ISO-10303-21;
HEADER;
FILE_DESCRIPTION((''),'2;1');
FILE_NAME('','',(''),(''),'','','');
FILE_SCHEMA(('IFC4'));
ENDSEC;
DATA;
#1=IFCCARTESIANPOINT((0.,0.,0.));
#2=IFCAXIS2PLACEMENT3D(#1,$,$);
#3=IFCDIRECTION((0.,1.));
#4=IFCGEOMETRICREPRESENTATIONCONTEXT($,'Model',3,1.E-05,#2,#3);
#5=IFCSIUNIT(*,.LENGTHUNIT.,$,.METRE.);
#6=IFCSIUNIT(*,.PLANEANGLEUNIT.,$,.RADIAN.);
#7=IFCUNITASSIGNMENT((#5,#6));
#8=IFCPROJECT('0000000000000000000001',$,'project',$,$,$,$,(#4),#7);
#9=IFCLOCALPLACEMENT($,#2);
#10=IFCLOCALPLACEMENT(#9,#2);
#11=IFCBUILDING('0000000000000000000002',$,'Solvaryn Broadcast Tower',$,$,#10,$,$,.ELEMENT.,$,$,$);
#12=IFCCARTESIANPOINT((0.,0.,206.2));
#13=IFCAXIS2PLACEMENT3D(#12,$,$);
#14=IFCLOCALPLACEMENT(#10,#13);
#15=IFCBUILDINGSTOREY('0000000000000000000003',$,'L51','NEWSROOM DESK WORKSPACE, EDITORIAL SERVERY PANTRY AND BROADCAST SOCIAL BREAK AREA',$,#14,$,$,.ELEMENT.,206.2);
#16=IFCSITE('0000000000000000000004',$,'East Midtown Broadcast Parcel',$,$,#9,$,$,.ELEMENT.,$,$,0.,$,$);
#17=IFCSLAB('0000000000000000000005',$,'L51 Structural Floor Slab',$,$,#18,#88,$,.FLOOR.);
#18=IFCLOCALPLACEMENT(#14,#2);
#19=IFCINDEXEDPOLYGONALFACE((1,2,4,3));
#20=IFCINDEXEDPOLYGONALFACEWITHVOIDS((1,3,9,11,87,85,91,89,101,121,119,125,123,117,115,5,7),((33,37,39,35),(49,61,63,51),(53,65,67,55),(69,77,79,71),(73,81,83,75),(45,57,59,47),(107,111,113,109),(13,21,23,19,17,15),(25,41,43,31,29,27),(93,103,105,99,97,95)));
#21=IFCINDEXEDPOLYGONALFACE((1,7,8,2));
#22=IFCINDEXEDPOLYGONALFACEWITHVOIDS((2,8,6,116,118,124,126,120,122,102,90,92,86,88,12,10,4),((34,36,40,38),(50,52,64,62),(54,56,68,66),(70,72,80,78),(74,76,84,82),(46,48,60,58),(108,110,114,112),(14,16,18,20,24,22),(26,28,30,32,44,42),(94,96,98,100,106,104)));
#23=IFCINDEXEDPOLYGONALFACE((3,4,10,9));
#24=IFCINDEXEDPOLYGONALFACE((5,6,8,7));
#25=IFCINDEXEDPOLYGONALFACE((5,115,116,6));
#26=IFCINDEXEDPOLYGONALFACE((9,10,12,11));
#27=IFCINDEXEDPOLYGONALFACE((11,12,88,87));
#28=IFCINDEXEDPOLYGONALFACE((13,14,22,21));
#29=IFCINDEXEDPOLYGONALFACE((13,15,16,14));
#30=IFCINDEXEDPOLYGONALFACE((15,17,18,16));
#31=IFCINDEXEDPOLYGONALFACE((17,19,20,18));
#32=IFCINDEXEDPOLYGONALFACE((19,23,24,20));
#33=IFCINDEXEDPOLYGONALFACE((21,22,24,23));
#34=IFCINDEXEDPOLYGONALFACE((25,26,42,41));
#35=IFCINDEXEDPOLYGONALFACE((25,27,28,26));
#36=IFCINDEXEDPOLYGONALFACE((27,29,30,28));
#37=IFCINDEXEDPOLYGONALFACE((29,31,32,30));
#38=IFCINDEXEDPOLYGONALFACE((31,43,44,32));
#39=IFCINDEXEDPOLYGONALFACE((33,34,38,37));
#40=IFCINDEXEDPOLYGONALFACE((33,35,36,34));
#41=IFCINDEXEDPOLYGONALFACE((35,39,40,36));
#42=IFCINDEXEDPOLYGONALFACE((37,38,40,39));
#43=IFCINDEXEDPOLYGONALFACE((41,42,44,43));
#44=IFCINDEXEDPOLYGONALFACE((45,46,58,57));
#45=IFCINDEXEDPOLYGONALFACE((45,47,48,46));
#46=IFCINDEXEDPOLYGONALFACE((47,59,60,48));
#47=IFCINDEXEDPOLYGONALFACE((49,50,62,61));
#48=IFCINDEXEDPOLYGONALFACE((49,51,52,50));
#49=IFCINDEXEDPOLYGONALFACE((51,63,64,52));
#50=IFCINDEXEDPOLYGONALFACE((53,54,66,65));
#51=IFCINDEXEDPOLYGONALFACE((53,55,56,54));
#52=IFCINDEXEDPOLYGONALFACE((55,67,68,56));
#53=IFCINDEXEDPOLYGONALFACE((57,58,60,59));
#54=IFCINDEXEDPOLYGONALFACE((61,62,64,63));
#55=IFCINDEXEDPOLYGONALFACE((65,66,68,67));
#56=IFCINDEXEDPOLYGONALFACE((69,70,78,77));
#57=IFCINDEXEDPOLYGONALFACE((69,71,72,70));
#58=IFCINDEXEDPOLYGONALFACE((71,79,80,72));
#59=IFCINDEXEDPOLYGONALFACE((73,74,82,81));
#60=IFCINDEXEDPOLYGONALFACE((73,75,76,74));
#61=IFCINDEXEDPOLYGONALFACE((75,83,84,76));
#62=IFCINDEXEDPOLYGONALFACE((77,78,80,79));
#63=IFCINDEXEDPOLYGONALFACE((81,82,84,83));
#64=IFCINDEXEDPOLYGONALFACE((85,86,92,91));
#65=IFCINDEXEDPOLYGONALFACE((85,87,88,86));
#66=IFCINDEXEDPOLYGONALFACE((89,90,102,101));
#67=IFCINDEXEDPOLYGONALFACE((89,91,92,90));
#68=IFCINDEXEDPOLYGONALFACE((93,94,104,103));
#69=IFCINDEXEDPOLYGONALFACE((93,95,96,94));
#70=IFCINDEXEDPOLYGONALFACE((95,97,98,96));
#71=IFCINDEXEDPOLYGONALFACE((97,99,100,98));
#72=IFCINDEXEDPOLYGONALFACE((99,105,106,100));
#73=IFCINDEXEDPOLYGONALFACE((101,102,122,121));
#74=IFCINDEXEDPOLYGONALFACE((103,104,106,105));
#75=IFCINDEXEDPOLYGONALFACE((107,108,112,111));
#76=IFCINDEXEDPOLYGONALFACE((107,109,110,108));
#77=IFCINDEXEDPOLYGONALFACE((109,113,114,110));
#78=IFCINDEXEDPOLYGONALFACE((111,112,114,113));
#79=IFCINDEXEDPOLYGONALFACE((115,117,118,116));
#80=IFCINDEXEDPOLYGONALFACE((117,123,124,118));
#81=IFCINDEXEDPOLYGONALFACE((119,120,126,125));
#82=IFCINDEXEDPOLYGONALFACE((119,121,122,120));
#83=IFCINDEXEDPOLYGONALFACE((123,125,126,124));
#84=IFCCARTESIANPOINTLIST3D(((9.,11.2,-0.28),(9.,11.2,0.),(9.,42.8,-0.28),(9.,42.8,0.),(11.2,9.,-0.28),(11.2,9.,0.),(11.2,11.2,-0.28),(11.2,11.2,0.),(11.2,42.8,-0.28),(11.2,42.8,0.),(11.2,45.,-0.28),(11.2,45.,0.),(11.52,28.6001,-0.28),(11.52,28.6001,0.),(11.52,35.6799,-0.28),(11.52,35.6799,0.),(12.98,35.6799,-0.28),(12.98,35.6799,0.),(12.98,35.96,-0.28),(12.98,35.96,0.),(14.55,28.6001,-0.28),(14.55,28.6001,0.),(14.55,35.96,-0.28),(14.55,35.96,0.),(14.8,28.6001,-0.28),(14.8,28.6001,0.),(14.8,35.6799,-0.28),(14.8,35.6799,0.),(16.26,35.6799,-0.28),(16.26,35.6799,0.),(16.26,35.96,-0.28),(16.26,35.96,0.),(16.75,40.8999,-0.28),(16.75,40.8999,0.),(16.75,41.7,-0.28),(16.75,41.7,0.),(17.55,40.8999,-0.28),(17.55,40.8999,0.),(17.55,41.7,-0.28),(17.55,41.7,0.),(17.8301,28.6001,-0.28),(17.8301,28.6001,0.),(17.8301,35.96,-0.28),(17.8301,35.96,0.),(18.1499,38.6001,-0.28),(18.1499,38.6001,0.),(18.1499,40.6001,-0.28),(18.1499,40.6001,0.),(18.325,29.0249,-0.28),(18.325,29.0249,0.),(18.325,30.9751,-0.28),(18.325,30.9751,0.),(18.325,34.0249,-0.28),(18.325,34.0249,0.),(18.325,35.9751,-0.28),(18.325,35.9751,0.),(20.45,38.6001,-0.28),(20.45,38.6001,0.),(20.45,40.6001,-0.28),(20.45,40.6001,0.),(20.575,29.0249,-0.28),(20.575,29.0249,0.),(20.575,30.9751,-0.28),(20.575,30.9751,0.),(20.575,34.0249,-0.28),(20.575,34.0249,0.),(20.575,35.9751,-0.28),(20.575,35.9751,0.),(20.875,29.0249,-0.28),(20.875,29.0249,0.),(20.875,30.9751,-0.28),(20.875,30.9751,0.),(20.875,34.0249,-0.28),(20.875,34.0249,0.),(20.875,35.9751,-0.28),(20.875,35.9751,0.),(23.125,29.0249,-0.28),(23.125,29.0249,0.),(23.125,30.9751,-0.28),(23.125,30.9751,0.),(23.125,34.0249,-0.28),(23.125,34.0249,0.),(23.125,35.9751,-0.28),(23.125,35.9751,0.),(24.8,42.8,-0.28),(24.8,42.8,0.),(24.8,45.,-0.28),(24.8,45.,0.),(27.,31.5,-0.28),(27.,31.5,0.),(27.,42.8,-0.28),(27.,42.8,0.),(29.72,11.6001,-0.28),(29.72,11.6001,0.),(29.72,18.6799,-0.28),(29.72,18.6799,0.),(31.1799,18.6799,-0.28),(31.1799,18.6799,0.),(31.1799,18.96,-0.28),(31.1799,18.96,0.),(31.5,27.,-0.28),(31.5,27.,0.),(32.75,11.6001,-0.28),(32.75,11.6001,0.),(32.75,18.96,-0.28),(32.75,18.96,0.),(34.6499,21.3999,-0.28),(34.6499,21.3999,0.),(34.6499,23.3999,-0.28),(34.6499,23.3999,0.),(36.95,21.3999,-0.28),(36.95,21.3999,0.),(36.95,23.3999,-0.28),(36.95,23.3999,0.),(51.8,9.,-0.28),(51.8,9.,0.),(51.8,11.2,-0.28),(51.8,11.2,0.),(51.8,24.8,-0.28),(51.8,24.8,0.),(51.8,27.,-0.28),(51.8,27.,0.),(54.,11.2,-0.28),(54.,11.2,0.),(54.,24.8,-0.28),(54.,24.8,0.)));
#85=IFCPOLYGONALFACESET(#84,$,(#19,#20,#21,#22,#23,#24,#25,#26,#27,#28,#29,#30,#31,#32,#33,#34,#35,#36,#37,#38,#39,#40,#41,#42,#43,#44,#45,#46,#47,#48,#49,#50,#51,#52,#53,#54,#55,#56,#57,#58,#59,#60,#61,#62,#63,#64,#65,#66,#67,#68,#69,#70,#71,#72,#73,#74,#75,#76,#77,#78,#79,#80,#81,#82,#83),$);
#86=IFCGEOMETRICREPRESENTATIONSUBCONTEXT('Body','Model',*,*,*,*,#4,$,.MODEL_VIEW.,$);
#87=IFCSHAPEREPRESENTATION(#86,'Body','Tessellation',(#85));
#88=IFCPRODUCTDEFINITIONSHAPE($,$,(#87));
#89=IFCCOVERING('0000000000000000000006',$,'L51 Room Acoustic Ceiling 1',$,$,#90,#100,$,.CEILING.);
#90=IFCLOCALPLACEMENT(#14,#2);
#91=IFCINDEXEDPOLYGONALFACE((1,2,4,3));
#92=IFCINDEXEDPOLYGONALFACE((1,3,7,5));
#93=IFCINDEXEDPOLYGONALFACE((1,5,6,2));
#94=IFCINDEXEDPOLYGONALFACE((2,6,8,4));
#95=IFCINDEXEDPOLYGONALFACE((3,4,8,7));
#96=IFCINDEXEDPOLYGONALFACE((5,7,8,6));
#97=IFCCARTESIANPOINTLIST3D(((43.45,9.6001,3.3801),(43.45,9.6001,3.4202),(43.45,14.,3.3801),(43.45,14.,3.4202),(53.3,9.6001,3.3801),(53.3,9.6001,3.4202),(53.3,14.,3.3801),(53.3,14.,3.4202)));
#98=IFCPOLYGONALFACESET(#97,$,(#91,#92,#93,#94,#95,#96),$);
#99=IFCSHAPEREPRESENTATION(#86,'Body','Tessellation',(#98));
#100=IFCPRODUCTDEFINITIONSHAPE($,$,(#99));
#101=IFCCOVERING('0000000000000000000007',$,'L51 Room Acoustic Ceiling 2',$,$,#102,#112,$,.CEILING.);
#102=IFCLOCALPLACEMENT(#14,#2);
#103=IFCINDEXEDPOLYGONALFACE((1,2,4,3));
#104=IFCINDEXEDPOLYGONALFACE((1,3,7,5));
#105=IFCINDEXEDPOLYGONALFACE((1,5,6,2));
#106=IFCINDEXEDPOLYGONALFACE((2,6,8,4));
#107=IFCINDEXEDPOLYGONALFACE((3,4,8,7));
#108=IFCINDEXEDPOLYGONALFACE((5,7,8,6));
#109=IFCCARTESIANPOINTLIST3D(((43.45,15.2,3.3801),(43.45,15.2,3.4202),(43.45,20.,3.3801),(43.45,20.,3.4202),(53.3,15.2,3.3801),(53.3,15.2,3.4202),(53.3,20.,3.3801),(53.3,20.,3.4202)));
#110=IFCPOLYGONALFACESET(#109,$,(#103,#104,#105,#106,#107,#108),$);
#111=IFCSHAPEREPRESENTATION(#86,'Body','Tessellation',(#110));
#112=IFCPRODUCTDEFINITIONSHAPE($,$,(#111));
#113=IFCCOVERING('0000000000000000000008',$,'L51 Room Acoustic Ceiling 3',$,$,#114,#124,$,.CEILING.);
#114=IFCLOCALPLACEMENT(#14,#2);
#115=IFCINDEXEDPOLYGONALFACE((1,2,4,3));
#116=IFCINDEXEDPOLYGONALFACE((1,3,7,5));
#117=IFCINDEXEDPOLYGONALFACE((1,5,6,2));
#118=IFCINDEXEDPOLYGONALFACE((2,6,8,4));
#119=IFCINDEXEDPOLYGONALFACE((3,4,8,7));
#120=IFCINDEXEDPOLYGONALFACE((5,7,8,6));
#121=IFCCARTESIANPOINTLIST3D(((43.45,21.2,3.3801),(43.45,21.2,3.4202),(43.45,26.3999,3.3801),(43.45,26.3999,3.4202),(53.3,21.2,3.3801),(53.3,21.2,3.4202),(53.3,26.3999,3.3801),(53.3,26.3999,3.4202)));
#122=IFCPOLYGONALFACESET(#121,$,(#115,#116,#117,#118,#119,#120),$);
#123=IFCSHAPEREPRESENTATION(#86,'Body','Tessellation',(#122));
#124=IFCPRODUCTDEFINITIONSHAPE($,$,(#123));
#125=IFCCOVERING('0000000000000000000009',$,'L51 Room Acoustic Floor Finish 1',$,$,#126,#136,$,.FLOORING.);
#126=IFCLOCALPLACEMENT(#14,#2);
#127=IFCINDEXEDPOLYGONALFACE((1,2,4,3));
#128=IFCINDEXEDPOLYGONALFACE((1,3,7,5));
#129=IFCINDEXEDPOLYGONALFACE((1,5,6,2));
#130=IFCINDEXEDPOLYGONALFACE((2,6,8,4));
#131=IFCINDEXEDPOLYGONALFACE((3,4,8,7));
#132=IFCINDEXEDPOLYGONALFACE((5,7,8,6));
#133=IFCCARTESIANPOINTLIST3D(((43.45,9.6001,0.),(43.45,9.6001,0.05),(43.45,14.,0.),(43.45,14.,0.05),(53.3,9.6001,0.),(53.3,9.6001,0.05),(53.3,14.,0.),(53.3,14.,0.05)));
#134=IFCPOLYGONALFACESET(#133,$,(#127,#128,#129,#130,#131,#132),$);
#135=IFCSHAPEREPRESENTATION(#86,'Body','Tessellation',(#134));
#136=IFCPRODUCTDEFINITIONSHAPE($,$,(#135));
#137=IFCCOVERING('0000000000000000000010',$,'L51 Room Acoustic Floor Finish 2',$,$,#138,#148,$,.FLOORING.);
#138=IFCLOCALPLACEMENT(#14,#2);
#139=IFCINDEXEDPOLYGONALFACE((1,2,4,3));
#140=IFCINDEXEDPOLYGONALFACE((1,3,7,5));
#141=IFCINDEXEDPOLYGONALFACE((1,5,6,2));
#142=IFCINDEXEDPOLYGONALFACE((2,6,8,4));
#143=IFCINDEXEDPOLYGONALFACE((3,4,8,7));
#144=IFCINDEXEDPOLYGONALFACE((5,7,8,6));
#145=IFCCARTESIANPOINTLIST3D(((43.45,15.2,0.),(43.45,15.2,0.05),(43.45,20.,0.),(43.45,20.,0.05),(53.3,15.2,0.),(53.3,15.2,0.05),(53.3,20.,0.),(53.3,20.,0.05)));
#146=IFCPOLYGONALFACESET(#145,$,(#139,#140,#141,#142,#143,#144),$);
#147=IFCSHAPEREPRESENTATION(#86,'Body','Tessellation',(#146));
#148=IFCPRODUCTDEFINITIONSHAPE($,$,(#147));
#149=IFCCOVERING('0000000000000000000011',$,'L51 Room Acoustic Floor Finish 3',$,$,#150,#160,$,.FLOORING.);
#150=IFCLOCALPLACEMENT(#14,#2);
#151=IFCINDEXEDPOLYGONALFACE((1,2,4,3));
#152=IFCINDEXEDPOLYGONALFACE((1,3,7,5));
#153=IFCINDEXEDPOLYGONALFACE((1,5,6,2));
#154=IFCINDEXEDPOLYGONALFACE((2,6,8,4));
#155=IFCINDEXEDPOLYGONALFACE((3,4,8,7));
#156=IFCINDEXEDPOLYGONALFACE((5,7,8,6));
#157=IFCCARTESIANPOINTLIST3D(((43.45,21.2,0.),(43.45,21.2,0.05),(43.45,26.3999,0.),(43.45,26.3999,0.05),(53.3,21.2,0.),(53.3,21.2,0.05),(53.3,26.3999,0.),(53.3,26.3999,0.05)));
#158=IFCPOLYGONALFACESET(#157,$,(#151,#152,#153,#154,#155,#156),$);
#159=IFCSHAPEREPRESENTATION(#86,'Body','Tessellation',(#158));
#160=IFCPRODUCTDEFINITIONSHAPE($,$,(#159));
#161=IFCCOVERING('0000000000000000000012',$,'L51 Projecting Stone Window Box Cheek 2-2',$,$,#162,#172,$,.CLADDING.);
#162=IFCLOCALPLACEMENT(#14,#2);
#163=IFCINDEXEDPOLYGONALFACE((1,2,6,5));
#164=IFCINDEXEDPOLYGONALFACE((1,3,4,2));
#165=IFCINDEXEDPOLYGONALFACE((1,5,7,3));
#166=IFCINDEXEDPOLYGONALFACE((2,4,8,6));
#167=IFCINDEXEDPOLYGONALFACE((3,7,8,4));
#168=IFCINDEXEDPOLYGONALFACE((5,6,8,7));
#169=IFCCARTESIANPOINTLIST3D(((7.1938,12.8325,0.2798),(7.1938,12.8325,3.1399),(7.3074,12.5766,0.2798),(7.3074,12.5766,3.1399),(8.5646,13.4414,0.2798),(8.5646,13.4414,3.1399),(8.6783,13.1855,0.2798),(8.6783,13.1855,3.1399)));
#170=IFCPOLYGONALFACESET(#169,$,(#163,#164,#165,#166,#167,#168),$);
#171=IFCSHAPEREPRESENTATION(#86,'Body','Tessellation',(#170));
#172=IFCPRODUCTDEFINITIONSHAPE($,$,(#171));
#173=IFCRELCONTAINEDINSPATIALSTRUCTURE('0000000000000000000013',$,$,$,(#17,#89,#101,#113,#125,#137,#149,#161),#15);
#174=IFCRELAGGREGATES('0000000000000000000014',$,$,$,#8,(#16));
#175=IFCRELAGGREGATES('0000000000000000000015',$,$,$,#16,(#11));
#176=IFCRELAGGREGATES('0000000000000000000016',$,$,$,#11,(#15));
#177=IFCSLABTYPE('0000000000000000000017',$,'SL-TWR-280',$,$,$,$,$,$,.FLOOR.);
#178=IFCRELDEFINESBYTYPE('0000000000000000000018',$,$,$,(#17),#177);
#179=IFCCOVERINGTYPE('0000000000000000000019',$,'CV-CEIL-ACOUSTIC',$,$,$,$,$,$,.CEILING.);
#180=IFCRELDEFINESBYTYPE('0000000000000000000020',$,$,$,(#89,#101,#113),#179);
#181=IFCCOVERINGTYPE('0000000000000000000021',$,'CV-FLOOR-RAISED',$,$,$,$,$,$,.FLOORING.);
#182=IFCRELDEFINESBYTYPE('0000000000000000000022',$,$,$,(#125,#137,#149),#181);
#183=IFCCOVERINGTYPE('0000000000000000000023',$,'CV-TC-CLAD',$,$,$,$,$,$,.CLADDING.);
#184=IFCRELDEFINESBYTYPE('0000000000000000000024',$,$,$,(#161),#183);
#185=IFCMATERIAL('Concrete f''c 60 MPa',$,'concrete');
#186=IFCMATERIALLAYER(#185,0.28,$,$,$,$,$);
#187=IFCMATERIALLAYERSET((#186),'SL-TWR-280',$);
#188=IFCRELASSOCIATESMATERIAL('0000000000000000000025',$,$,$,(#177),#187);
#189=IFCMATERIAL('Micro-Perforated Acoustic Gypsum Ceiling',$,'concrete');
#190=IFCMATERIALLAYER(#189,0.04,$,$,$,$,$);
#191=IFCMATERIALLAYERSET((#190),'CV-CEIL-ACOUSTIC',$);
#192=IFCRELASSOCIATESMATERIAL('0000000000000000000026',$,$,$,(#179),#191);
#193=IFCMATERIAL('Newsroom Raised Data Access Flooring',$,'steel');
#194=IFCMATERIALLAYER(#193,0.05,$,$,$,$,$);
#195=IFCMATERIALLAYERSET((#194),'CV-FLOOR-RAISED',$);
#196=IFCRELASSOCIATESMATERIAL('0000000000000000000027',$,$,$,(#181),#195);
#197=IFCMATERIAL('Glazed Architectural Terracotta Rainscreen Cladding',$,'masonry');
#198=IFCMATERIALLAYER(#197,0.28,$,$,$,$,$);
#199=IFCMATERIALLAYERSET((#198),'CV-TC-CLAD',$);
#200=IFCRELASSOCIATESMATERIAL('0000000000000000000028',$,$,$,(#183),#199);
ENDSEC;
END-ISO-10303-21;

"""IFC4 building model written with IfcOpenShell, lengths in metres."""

from ifc_helpers import new_model, si_unit, direction, frame, origin, origin_2d, place, context, subcontext, project, spatial, polyline, rectangle, outline, extrude, material, layer, layer_set, type_object, element, save


model = new_model("IFC4")

# Units and contexts
model_context = context("Model", 3, precision=1e-05, world=origin(), true_north=direction((0.0, 1.0)))
body_context = subcontext(model_context, "Body", "Model", "MODEL_VIEW")
ifc_project = project(units=[si_unit("LENGTHUNIT", "METRE"), si_unit("PLANEANGLEUNIT", "RADIAN")], contexts=[model_context])

# Site, building, storey
site_placement = place(None, origin())
site = spatial("IfcSite", under=ifc_project, at=site_placement, Name="East Midtown Broadcast Parcel", CompositionType="ELEMENT", RefElevation=0.0)
building_placement = place(site_placement, origin())
building = spatial("IfcBuilding", under=site, at=building_placement, Name="Solvaryn Broadcast Tower", CompositionType="ELEMENT")
storey_placement = place(building_placement, frame((0.0, 0.0, 206.2)))
storey = spatial("IfcBuildingStorey", under=building, at=storey_placement, Name="L51", Description="NEWSROOM DESK WORKSPACE, EDITORIAL SERVERY PANTRY AND BROADCAST SOCIAL BREAK AREA", CompositionType="ELEMENT", Elevation=206.2)

# Slab
ifc_material_1 = material(Name="Concrete f'c 60 MPa", Category="concrete")
ifc_layer_1 = layer(ifc_material_1, 0.28)
ifc_layer_set_1 = layer_set([ifc_layer_1], Name="SL-TWR-280")
slab_type_1 = type_object("IfcSlabType", Name="SL-TWR-280", PredefinedType="FLOOR", material=ifc_layer_set_1)
slab_1_placement = place(storey_placement, frame((0.0, 0.0, -0.28)))
element("IfcSlab", 1, at=slab_1_placement, inside=storey, type_object=slab_type_1, Name="L51 Structural Floor Slab", PredefinedType="FLOOR", context=body_context, shape_type="SweptSolid", body=[
    extrude(outline(polyline([(11.2, 9.0), (51.8, 9.0), (51.8, 11.2), (54.0, 11.2), (54.0, 24.8), (51.8, 24.8), (51.8, 27.0), (31.5, 27.0), (27.0, 31.5), (27.0, 42.8), (24.8, 42.8), (24.8, 45.0), (11.2, 45.0), (11.2, 42.8), (9.0, 42.8), (9.0, 11.2), (11.2, 11.2), (11.2, 9.0)]), holes=[polyline([(11.52, 28.6001), (14.55, 28.6001), (14.55, 35.96), (12.98, 35.96), (12.98, 35.6799), (11.52, 35.6799), (11.52, 28.6001)]), polyline([(14.8, 28.6001), (17.8301, 28.6001), (17.8301, 35.96), (16.26, 35.96), (16.26, 35.6799), (14.8, 35.6799), (14.8, 28.6001)]), polyline([(29.72, 11.6001), (32.75, 11.6001), (32.75, 18.96), (31.1799, 18.96), (31.1799, 18.6799), (29.72, 18.6799), (29.72, 11.6001)]), polyline([(18.1499, 38.6001), (20.45, 38.6001), (20.45, 40.6001), (18.1499, 40.6001), (18.1499, 38.6001)]), polyline([(18.325, 29.0249), (20.575, 29.0249), (20.575, 30.9751), (18.325, 30.9751), (18.325, 29.0249)]), polyline([(20.875, 29.0249), (23.125, 29.0249), (23.125, 30.9751), (20.875, 30.9751), (20.875, 29.0249)]), polyline([(18.325, 34.0249), (20.575, 34.0249), (20.575, 35.9751), (18.325, 35.9751), (18.325, 34.0249)]), polyline([(20.875, 34.0249), (23.125, 34.0249), (23.125, 35.9751), (20.875, 35.9751), (20.875, 34.0249)]), polyline([(34.6499, 21.3999), (36.95, 21.3999), (36.95, 23.3999), (34.6499, 23.3999), (34.6499, 21.3999)]), polyline([(16.75, 40.8999), (17.55, 40.8999), (17.55, 41.7), (16.75, 41.7), (16.75, 40.8999)])]), origin(), (0.0, 0.0, 1.0), 0.28),
])

# Coverings
ifc_material_2 = material(Name="Micro-Perforated Acoustic Gypsum Ceiling", Category="concrete")
ifc_layer_2 = layer(ifc_material_2, 0.04)
ifc_layer_set_2 = layer_set([ifc_layer_2], Name="CV-CEIL-ACOUSTIC")
covering_type_1 = type_object("IfcCoveringType", Name="CV-CEIL-ACOUSTIC", PredefinedType="CEILING", material=ifc_layer_set_2)
covering_1_placement = place(storey_placement, frame((0.0, 0.0, 3.3801)))
element("IfcCovering", 2, at=covering_1_placement, inside=storey, type_object=covering_type_1, Name="L51 Room Acoustic Ceiling 1", PredefinedType="CEILING", context=body_context, shape_type="SweptSolid", body=[
    extrude(outline(polyline([(43.45, 9.6001), (53.3, 9.6001), (53.3, 14.0), (43.45, 14.0), (43.45, 9.6001)])), origin(), (0.0, 0.0, 1.0), 0.04),
])
covering_2_placement = place(storey_placement, frame((0.0, 0.0, 3.3801)))
element("IfcCovering", 3, at=covering_2_placement, inside=storey, type_object=covering_type_1, Name="L51 Room Acoustic Ceiling 2", PredefinedType="CEILING", context=body_context, shape_type="SweptSolid", body=[
    extrude(outline(polyline([(43.45, 15.2), (53.3, 15.2), (53.3, 20.0), (43.45, 20.0), (43.45, 15.2)])), origin(), (0.0, 0.0, 1.0), 0.04),
])
covering_3_placement = place(storey_placement, frame((0.0, 0.0, 3.3801)))
element("IfcCovering", 4, at=covering_3_placement, inside=storey, type_object=covering_type_1, Name="L51 Room Acoustic Ceiling 3", PredefinedType="CEILING", context=body_context, shape_type="SweptSolid", body=[
    extrude(outline(polyline([(43.45, 21.2), (53.3, 21.2), (53.3, 26.3999), (43.45, 26.3999), (43.45, 21.2)])), origin(), (0.0, 0.0, 1.0), 0.04),
])
ifc_material_3 = material(Name="Newsroom Raised Data Access Flooring", Category="steel")
ifc_layer_3 = layer(ifc_material_3, 0.05)
ifc_layer_set_3 = layer_set([ifc_layer_3], Name="CV-FLOOR-RAISED")
covering_type_2 = type_object("IfcCoveringType", Name="CV-FLOOR-RAISED", PredefinedType="FLOORING", material=ifc_layer_set_3)
covering_4_placement = place(storey_placement, origin())
element("IfcCovering", 5, at=covering_4_placement, inside=storey, type_object=covering_type_2, Name="L51 Room Acoustic Floor Finish 1", PredefinedType="FLOORING", context=body_context, shape_type="SweptSolid", body=[
    extrude(outline(polyline([(43.45, 9.6001), (53.3, 9.6001), (53.3, 14.0), (43.45, 14.0), (43.45, 9.6001)])), origin(), (0.0, 0.0, 1.0), 0.05),
])
covering_5_placement = place(storey_placement, origin())
element("IfcCovering", 6, at=covering_5_placement, inside=storey, type_object=covering_type_2, Name="L51 Room Acoustic Floor Finish 2", PredefinedType="FLOORING", context=body_context, shape_type="SweptSolid", body=[
    extrude(outline(polyline([(43.45, 15.2), (53.3, 15.2), (53.3, 20.0), (43.45, 20.0), (43.45, 15.2)])), origin(), (0.0, 0.0, 1.0), 0.05),
])
covering_6_placement = place(storey_placement, origin())
element("IfcCovering", 7, at=covering_6_placement, inside=storey, type_object=covering_type_2, Name="L51 Room Acoustic Floor Finish 3", PredefinedType="FLOORING", context=body_context, shape_type="SweptSolid", body=[
    extrude(outline(polyline([(43.45, 21.2), (53.3, 21.2), (53.3, 26.3999), (43.45, 26.3999), (43.45, 21.2)])), origin(), (0.0, 0.0, 1.0), 0.05),
])
ifc_material_4 = material(Name="Glazed Architectural Terracotta Rainscreen Cladding", Category="masonry")
ifc_layer_4 = layer(ifc_material_4, 0.28)
ifc_layer_set_4 = layer_set([ifc_layer_4], Name="CV-TC-CLAD")
covering_type_3 = type_object("IfcCoveringType", Name="CV-TC-CLAD", PredefinedType="CLADDING", material=ifc_layer_set_4)
covering_7_placement = place(storey_placement, frame((7.936, 13.009, 0.2798), z_axis=(0.0, 0.0, 1.0), x_axis=(0.405939, -0.9139, 0.0)))
element("IfcCovering", 8, at=covering_7_placement, inside=storey, type_object=covering_type_3, Name="L51 Projecting Stone Window Box Cheek 2-2", PredefinedType="CLADDING", context=body_context, shape_type="SweptSolid", body=[
    extrude(rectangle(XDim=0.28, YDim=1.5, at=origin_2d()), origin(), (0.0, 0.0, 1.0), 2.8601),
])

save(model, "model.ifc")
